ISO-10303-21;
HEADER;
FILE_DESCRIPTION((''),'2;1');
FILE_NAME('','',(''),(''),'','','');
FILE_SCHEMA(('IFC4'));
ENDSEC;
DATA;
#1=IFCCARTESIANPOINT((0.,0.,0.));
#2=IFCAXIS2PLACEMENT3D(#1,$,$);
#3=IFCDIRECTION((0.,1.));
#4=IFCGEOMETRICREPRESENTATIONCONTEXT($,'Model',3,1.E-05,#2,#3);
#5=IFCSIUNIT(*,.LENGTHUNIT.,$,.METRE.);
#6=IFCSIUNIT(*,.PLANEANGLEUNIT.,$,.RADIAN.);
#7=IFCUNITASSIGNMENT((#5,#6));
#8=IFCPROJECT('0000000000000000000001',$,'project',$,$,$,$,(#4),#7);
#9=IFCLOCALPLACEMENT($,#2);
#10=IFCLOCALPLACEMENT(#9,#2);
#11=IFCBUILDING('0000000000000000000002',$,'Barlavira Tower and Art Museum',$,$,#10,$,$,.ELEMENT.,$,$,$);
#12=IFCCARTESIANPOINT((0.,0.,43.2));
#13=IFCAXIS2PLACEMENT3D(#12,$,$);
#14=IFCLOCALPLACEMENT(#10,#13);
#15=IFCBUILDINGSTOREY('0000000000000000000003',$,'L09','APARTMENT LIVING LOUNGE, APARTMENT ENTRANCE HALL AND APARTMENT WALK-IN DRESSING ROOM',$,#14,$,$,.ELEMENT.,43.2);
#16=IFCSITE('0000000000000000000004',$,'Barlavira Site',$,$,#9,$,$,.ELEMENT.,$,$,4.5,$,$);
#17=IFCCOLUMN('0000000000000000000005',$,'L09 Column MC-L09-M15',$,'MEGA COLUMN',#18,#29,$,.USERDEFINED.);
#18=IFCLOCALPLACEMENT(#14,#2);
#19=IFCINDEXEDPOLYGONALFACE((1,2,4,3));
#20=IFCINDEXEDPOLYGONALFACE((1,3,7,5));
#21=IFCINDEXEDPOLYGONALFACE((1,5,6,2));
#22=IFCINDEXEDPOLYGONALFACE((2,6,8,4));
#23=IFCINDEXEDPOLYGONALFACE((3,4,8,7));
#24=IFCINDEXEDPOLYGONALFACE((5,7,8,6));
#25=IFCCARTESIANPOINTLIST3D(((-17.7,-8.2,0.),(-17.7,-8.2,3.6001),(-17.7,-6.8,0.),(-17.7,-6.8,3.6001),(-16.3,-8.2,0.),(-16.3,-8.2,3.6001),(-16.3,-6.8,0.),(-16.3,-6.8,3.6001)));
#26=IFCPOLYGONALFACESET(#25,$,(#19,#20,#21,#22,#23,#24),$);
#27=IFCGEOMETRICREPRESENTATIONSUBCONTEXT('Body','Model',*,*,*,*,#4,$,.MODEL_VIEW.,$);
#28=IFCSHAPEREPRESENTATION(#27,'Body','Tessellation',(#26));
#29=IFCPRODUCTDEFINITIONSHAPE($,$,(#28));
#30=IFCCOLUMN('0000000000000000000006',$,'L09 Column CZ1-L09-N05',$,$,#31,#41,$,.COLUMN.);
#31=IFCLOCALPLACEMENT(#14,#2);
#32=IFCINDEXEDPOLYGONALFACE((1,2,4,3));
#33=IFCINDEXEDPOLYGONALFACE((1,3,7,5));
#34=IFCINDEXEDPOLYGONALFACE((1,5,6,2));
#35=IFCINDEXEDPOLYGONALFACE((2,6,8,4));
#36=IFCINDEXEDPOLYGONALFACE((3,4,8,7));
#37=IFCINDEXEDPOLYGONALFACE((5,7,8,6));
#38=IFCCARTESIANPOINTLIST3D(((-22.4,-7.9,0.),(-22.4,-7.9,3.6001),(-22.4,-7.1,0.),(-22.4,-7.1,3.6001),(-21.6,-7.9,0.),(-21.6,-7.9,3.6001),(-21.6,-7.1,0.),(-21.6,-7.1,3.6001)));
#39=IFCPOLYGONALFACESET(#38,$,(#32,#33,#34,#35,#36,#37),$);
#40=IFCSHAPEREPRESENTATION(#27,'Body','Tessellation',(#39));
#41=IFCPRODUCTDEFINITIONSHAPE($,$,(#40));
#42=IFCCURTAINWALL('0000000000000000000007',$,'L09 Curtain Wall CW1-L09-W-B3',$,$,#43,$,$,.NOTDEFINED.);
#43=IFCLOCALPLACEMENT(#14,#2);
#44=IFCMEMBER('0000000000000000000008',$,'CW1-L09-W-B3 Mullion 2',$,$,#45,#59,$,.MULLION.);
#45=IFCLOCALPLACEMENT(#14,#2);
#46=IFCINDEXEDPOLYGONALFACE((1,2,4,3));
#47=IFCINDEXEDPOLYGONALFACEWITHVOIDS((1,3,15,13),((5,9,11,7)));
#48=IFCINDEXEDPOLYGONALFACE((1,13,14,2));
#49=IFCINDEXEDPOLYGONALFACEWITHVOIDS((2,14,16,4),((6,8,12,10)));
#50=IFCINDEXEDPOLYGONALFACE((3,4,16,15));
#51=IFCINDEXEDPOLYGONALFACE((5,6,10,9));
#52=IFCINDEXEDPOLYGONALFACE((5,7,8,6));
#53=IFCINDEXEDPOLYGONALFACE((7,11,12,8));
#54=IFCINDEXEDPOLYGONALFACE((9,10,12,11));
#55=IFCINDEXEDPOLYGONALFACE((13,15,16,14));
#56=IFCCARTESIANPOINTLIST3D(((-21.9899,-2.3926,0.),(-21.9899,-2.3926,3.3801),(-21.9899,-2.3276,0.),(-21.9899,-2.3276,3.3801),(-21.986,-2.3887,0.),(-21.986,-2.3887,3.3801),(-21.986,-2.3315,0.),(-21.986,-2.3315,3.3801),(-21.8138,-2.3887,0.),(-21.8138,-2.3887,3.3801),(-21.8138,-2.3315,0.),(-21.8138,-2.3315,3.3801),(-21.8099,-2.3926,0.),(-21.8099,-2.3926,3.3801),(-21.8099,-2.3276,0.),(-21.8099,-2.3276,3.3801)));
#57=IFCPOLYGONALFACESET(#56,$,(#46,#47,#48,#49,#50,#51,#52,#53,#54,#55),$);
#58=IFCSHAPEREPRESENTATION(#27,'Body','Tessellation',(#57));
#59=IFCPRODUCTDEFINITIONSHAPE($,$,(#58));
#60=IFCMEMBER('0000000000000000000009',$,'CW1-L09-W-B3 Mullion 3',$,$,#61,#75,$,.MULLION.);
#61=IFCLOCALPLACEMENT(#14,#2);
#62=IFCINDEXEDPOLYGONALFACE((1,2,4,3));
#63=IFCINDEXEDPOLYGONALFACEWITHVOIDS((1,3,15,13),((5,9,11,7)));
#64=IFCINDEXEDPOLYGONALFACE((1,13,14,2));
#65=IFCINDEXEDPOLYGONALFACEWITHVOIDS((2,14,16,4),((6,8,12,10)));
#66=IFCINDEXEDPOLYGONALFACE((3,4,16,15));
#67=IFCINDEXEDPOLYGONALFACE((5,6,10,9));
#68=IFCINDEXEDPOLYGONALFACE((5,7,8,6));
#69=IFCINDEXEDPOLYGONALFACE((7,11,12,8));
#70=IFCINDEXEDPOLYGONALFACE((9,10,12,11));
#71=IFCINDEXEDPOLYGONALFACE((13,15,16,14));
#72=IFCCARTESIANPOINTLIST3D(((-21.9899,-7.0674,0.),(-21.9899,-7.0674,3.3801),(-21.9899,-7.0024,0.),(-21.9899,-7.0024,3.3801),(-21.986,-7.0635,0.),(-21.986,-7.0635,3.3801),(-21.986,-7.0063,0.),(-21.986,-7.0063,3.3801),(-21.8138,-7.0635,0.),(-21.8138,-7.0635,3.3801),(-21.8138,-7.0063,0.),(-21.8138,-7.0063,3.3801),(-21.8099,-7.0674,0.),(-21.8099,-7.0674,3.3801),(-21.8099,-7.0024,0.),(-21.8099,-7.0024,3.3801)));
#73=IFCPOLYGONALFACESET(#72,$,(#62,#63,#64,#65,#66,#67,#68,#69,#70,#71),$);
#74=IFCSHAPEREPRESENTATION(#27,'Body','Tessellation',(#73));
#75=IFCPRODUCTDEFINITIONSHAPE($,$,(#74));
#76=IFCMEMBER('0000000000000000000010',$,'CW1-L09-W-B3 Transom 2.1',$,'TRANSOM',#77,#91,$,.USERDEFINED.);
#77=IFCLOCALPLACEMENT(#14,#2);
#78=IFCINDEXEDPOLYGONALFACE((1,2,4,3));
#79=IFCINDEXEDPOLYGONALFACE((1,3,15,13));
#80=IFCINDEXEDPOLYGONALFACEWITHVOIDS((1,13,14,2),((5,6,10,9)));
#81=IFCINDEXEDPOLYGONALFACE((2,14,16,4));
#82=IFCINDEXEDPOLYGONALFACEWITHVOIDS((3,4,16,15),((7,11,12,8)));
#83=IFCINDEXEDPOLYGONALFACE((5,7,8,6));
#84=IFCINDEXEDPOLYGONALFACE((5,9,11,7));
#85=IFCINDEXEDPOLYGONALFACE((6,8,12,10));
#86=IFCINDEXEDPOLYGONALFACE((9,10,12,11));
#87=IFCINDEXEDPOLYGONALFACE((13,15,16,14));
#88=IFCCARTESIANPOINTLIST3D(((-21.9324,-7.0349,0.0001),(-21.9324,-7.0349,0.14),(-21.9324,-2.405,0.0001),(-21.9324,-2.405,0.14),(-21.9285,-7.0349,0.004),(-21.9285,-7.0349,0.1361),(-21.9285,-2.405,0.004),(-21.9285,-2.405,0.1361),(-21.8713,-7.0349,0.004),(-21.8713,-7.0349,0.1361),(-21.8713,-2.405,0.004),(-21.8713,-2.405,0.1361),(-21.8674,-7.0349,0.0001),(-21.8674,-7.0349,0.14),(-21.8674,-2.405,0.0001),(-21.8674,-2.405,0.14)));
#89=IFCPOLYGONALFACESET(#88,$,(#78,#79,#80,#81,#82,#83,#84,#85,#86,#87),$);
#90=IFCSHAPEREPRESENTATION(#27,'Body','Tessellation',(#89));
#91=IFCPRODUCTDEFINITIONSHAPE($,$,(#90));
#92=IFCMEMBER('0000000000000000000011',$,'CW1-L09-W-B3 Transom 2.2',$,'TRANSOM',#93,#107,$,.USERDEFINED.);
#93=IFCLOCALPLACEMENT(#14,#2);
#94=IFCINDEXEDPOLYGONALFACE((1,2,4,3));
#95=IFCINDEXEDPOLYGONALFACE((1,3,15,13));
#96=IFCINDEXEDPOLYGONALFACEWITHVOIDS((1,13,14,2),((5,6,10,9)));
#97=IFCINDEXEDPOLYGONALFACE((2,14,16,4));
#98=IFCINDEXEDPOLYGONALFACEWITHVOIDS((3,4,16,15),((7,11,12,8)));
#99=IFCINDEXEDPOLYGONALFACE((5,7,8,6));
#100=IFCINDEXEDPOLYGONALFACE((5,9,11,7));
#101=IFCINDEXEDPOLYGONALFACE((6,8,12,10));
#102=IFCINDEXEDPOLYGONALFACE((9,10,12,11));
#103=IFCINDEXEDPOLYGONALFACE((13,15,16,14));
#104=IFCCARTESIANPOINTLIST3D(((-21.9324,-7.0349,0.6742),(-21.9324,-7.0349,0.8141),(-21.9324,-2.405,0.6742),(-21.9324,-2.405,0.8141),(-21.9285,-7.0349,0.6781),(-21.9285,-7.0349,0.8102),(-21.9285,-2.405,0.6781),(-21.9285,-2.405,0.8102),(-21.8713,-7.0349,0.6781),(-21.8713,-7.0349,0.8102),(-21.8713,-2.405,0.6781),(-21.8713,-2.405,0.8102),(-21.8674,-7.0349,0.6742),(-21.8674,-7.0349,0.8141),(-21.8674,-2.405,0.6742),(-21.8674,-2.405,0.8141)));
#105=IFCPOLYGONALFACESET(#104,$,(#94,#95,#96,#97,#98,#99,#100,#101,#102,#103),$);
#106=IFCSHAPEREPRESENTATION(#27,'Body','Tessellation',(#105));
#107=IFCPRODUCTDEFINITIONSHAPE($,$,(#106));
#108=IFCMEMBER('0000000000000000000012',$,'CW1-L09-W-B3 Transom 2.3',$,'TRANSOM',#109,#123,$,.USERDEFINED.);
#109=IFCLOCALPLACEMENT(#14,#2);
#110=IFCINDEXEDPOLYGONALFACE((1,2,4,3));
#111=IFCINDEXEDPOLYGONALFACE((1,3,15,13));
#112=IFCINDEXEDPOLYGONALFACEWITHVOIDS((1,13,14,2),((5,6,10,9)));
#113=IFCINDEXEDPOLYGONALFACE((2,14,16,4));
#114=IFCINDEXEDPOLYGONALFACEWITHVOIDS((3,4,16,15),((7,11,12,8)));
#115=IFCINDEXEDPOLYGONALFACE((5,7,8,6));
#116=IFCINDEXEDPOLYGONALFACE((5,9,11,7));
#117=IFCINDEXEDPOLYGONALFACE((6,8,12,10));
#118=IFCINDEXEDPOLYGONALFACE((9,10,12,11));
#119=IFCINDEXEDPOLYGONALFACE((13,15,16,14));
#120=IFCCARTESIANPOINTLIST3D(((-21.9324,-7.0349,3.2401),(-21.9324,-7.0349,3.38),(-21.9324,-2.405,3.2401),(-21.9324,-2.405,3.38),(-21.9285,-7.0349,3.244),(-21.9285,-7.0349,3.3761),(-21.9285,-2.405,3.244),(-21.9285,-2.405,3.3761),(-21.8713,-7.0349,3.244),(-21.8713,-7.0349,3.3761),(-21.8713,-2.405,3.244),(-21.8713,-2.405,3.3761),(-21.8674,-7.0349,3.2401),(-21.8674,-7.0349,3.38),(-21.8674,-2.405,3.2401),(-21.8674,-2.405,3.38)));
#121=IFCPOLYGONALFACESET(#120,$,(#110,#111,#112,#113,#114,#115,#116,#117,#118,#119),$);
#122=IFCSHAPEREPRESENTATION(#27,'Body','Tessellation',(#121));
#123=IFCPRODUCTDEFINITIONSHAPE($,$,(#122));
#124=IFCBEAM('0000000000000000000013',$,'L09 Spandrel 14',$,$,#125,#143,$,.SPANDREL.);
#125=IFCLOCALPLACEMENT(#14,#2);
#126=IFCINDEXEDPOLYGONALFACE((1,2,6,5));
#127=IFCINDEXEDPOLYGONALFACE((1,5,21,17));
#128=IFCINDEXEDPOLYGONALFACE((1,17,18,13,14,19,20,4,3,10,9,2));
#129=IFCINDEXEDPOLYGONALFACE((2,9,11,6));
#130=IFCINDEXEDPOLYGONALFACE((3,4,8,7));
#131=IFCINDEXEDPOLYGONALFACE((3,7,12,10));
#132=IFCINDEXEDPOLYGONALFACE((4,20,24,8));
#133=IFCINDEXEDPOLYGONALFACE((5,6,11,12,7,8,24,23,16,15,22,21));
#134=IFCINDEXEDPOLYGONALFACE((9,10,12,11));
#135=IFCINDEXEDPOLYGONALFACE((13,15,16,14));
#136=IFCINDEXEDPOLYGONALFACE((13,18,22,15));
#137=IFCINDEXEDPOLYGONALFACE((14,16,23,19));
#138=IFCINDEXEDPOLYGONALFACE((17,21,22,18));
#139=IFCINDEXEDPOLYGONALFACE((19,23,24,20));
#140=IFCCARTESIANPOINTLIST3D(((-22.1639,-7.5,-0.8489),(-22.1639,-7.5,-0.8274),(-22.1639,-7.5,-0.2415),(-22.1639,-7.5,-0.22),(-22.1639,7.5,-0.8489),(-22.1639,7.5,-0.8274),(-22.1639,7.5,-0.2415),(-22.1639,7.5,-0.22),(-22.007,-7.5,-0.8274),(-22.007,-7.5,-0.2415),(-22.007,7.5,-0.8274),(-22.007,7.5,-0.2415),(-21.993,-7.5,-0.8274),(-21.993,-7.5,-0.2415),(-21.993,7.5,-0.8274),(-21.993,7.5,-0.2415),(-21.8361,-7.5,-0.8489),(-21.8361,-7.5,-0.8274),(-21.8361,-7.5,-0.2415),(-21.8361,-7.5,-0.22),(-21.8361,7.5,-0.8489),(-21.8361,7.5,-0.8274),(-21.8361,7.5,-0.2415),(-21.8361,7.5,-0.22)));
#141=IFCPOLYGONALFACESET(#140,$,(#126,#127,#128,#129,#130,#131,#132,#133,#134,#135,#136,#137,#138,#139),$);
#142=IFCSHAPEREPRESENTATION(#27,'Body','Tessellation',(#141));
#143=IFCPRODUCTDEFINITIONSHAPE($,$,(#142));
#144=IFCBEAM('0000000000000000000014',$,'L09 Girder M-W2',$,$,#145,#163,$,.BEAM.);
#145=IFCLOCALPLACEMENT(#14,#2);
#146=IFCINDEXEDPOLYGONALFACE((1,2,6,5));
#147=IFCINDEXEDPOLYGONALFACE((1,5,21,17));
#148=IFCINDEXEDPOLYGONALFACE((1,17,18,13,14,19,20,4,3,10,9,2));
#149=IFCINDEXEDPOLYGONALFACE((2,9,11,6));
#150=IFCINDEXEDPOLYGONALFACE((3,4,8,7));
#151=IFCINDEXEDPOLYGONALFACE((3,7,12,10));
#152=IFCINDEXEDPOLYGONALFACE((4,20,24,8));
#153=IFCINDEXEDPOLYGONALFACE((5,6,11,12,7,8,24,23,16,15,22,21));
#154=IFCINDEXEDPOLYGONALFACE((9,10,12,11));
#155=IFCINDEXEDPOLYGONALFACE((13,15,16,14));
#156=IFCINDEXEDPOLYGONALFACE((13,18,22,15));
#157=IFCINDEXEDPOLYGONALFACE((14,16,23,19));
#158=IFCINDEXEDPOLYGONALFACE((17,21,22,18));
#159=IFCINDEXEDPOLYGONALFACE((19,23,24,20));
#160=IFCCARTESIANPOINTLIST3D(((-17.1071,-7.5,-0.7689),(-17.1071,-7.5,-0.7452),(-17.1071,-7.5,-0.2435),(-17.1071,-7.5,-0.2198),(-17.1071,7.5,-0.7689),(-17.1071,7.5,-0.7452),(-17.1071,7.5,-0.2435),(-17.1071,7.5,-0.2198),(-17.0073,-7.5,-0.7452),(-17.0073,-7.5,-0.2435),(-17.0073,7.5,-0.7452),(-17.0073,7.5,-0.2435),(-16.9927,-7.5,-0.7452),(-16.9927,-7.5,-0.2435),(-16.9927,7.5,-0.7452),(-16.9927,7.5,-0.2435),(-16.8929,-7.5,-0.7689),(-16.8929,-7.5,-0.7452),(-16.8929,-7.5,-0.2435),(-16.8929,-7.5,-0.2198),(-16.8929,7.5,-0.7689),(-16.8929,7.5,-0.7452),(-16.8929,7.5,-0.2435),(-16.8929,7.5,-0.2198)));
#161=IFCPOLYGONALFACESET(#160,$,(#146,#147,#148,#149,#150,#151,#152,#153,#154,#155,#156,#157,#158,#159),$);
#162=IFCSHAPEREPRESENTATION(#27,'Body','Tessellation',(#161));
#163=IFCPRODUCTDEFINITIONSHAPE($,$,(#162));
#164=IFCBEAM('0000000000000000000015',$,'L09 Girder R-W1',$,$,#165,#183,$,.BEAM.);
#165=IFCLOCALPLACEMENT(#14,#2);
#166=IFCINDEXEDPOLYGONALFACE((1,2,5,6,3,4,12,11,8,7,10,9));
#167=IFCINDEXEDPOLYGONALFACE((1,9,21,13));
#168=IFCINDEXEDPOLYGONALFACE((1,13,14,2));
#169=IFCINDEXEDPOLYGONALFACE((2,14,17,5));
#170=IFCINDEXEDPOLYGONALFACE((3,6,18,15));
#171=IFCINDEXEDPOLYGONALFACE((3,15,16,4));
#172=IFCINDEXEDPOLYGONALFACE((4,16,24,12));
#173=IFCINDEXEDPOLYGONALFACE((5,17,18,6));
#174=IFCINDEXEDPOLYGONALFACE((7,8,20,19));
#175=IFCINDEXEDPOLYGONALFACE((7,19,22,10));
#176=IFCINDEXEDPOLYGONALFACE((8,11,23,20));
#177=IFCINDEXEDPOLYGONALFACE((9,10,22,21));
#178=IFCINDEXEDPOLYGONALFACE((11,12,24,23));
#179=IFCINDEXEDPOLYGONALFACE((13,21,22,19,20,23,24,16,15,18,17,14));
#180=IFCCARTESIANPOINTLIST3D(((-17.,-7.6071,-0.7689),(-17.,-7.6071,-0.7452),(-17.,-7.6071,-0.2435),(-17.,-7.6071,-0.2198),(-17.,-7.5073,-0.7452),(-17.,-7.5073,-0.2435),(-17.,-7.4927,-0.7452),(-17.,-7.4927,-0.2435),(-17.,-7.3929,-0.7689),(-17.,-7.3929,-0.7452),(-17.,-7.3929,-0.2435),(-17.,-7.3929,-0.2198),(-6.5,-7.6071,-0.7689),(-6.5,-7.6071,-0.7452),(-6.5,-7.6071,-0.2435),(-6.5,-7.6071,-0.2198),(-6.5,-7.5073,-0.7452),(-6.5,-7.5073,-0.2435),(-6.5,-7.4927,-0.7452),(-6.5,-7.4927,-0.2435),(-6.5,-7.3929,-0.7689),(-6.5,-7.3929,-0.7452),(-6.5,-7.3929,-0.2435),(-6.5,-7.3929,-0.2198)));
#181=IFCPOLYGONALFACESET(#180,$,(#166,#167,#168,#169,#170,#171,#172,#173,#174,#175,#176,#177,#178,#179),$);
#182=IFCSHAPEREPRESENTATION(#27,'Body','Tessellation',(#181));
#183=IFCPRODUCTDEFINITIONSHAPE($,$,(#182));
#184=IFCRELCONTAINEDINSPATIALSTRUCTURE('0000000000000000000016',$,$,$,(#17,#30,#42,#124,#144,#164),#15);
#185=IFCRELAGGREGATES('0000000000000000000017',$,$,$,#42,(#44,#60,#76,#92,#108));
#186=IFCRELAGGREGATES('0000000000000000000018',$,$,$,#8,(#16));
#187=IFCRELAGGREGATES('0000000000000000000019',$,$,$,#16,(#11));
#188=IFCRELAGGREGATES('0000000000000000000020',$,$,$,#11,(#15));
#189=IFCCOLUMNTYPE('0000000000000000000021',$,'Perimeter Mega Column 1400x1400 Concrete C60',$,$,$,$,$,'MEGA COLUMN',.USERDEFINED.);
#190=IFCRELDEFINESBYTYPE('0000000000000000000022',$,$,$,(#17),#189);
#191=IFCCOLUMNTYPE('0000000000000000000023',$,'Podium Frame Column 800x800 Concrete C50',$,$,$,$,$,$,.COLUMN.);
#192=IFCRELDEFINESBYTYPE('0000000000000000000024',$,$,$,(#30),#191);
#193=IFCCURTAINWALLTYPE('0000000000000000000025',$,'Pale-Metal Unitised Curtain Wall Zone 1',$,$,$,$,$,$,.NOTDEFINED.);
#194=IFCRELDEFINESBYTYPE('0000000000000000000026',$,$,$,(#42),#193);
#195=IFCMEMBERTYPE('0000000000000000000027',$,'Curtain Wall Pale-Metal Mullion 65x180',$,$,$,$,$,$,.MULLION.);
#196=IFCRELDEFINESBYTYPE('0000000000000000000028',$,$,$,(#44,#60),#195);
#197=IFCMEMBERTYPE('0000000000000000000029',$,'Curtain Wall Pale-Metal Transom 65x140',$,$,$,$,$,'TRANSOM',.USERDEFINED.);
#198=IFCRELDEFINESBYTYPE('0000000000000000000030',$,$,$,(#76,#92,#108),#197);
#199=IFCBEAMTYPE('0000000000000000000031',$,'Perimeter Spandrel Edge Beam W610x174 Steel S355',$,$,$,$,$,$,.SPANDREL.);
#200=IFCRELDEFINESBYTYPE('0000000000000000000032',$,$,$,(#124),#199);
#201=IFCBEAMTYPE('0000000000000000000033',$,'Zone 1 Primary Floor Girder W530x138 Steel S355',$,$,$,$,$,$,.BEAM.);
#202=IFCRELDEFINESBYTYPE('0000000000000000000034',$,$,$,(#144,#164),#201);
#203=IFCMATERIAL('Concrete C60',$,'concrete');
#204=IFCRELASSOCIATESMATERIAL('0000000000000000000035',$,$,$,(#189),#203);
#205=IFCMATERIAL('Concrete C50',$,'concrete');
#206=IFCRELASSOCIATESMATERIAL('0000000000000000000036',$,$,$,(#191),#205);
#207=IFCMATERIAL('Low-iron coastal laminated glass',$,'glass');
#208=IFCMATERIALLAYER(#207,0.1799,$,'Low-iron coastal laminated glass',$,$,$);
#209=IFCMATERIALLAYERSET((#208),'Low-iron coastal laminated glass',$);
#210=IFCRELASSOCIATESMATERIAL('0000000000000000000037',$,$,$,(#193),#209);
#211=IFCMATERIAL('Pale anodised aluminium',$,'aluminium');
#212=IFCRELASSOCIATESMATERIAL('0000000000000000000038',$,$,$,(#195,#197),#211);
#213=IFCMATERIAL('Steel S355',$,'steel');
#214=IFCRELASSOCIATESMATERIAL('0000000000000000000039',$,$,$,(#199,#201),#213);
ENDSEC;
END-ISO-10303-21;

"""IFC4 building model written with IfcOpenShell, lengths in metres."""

from ifc_helpers import new_model, si_unit, direction, frame, origin, origin_2d, place, context, subcontext, project, spatial, rectangle, hollow_rectangle, i_section, extrude, material, layer, layer_set, material_profile, profile_set, type_object, element, aggregate, save


model = new_model("IFC4")

# Units and contexts
model_context = context("Model", 3, precision=1e-05, world=origin(), true_north=direction((0.0, 1.0)))
body_context = subcontext(model_context, "Body", "Model", "MODEL_VIEW")
ifc_project = project(units=[si_unit("LENGTHUNIT", "METRE"), si_unit("PLANEANGLEUNIT", "RADIAN")], contexts=[model_context])

# Site, building, storey
site_placement = place(None, origin())
site = spatial("IfcSite", under=ifc_project, at=site_placement, Name="Barlavira Site", CompositionType="ELEMENT", RefElevation=4.5)
building_placement = place(site_placement, origin())
building = spatial("IfcBuilding", under=site, at=building_placement, Name="Barlavira Tower and Art Museum", CompositionType="ELEMENT")
storey_placement = place(building_placement, frame((0.0, 0.0, 43.2)))
storey = spatial("IfcBuildingStorey", under=building, at=storey_placement, Name="L09", Description="APARTMENT LIVING LOUNGE, APARTMENT ENTRANCE HALL AND APARTMENT WALK-IN DRESSING ROOM", CompositionType="ELEMENT", Elevation=43.2)

# Columns
ifc_material_1 = material(Name="Concrete C60", Category="concrete")
ifc_material_profile_1 = material_profile(ifc_material_1, rectangle(XDim=1.3999, YDim=1.3999, at=origin_2d()), Name="RC-MCOL 1400x1400")
ifc_profile_set_1 = profile_set([ifc_material_profile_1], Name="Concrete C60")
column_type_1 = type_object("IfcColumnType", Name="Perimeter Mega Column 1400x1400 Concrete C60", ElementType="MEGA COLUMN", PredefinedType="USERDEFINED", material=ifc_profile_set_1)
column_1_placement = place(storey_placement, frame((-17.0, -7.5, 0.0), z_axis=(0.0, 0.0, 1.0), x_axis=(1.0, 0.0, 0.0)))
element("IfcColumn", 1, at=column_1_placement, inside=storey, type_object=column_type_1, Name="L09 Column MC-L09-M15", ObjectType="MEGA COLUMN", PredefinedType="USERDEFINED", context=body_context, shape_type="SweptSolid", body=[
    extrude(rectangle(XDim=1.3999, YDim=1.3999, at=origin_2d()), origin(), (0.0, 0.0, 1.0), 3.6001),
])
ifc_material_2 = material(Name="Concrete C50", Category="concrete")
ifc_material_profile_2 = material_profile(ifc_material_2, rectangle(XDim=0.8, YDim=0.8, at=origin_2d()), Name="RC-COL 800x800")
ifc_profile_set_2 = profile_set([ifc_material_profile_2], Name="Concrete C50")
column_type_2 = type_object("IfcColumnType", Name="Podium Frame Column 800x800 Concrete C50", PredefinedType="COLUMN", material=ifc_profile_set_2)
column_2_placement = place(storey_placement, frame((-22.0, -7.5, 0.0), z_axis=(0.0, 0.0, 1.0), x_axis=(1.0, 0.0, 0.0)))
element("IfcColumn", 2, at=column_2_placement, inside=storey, type_object=column_type_2, Name="L09 Column CZ1-L09-N05", PredefinedType="COLUMN", context=body_context, shape_type="SweptSolid", body=[
    extrude(rectangle(XDim=0.8, YDim=0.8, at=origin_2d()), origin(), (0.0, 0.0, 1.0), 3.6001),
])

# Curtain wall, members
ifc_material_3 = material(Name="Low-iron coastal laminated glass", Category="glass")
ifc_layer_1 = layer(ifc_material_3, 0.1799, Name="Low-iron coastal laminated glass")
ifc_layer_set_1 = layer_set([ifc_layer_1], Name="Low-iron coastal laminated glass")
curtain_wall_type = type_object("IfcCurtainWallType", Name="Pale-Metal Unitised Curtain Wall Zone 1", PredefinedType="NOTDEFINED", material=ifc_layer_set_1)
curtain_wall_placement = place(storey_placement, origin())
curtain_wall = element("IfcCurtainWall", 3, at=curtain_wall_placement, inside=storey, type_object=curtain_wall_type, Name="L09 Curtain Wall CW1-L09-W-B3", PredefinedType="NOTDEFINED")
ifc_material_4 = material(Name="Pale anodised aluminium", Category="aluminium")
ifc_material_profile_3 = material_profile(ifc_material_4, hollow_rectangle(XDim=0.0649, YDim=0.1799, WallThickness=0.0039, at=origin_2d()), Name="ALU-MULL 65x180x4")
ifc_profile_set_3 = profile_set([ifc_material_profile_3], Name="Pale anodised aluminium")
member_type_1 = type_object("IfcMemberType", Name="Curtain Wall Pale-Metal Mullion 65x180", PredefinedType="MULLION", material=ifc_profile_set_3)
member_1_placement = place(storey_placement, frame((-21.8999, -2.3601, 0.0), z_axis=(0.0, 0.0, 1.0), x_axis=(0.0, -1.0, 0.0)))
member_1 = element("IfcMember", 4, at=member_1_placement, type_object=member_type_1, Name="CW1-L09-W-B3 Mullion 2", PredefinedType="MULLION", context=body_context, shape_type="SweptSolid", body=[
    extrude(hollow_rectangle(XDim=0.0649, YDim=0.1799, WallThickness=0.0039, at=origin_2d()), origin(), (0.0, 0.0, 1.0), 3.3801),
])
member_2_placement = place(storey_placement, frame((-21.8999, -7.0349, 0.0), z_axis=(0.0, 0.0, 1.0), x_axis=(0.0, -1.0, 0.0)))
member_2 = element("IfcMember", 5, at=member_2_placement, type_object=member_type_1, Name="CW1-L09-W-B3 Mullion 3", PredefinedType="MULLION", context=body_context, shape_type="SweptSolid", body=[
    extrude(hollow_rectangle(XDim=0.0649, YDim=0.1799, WallThickness=0.0039, at=origin_2d()), origin(), (0.0, 0.0, 1.0), 3.3801),
])
ifc_material_profile_4 = material_profile(ifc_material_4, hollow_rectangle(XDim=0.0649, YDim=0.1399, WallThickness=0.0039, at=origin_2d()), Name="ALU-TRAN 65x140x4")
ifc_profile_set_4 = profile_set([ifc_material_profile_4], Name="Pale anodised aluminium")
member_type_2 = type_object("IfcMemberType", Name="Curtain Wall Pale-Metal Transom 65x140", ElementType="TRANSOM", PredefinedType="USERDEFINED", material=ifc_profile_set_4)
member_3_placement = place(storey_placement, frame((-21.8999, -2.405, 0.0701), z_axis=(0.0, -1.0, 0.0), x_axis=(1.0, 0.0, 0.0)))
member_3 = element("IfcMember", 6, at=member_3_placement, type_object=member_type_2, Name="CW1-L09-W-B3 Transom 2.1", ObjectType="TRANSOM", PredefinedType="USERDEFINED", context=body_context, shape_type="SweptSolid", body=[
    extrude(hollow_rectangle(XDim=0.0649, YDim=0.1399, WallThickness=0.0039, at=origin_2d()), origin(), (0.0, 0.0, 1.0), 4.6299),
])
member_4_placement = place(storey_placement, frame((-21.8999, -2.405, 0.7441), z_axis=(0.0, -1.0, 0.0), x_axis=(1.0, 0.0, 0.0)))
member_4 = element("IfcMember", 7, at=member_4_placement, type_object=member_type_2, Name="CW1-L09-W-B3 Transom 2.2", ObjectType="TRANSOM", PredefinedType="USERDEFINED", context=body_context, shape_type="SweptSolid", body=[
    extrude(hollow_rectangle(XDim=0.0649, YDim=0.1399, WallThickness=0.0039, at=origin_2d()), origin(), (0.0, 0.0, 1.0), 4.6299),
])
member_5_placement = place(storey_placement, frame((-21.8999, -2.405, 3.3101), z_axis=(0.0, -1.0, 0.0), x_axis=(1.0, 0.0, 0.0)))
member_5 = element("IfcMember", 8, at=member_5_placement, type_object=member_type_2, Name="CW1-L09-W-B3 Transom 2.3", ObjectType="TRANSOM", PredefinedType="USERDEFINED", context=body_context, shape_type="SweptSolid", body=[
    extrude(hollow_rectangle(XDim=0.0649, YDim=0.1399, WallThickness=0.0039, at=origin_2d()), origin(), (0.0, 0.0, 1.0), 4.6299),
])

# Beams
ifc_material_5 = material(Name="Steel S355", Category="steel")
ifc_material_profile_5 = material_profile(ifc_material_5, i_section(OverallWidth=0.3279, OverallDepth=0.6289, WebThickness=0.0139, FlangeThickness=0.0215, at=origin_2d()), Name="W610x174.0")
ifc_profile_set_5 = profile_set([ifc_material_profile_5], Name="Steel S355")
beam_type_1 = type_object("IfcBeamType", Name="Perimeter Spandrel Edge Beam W610x174 Steel S355", PredefinedType="SPANDREL", material=ifc_profile_set_5)
beam_1_placement = place(storey_placement, frame((-22.0, -7.5, -0.5344), z_axis=(0.0, 1.0, 0.0), x_axis=(-1.0, 0.0, 0.0)))
element("IfcBeam", 9, at=beam_1_placement, inside=storey, type_object=beam_type_1, Name="L09 Spandrel 14", PredefinedType="SPANDREL", context=body_context, shape_type="SweptSolid", body=[
    extrude(i_section(OverallWidth=0.3279, OverallDepth=0.6289, WebThickness=0.0139, FlangeThickness=0.0215, at=origin_2d()), origin(), (0.0, 0.0, 1.0), 15.0),
])
ifc_material_profile_6 = material_profile(ifc_material_5, i_section(OverallWidth=0.2141, OverallDepth=0.5491, WebThickness=0.0146, FlangeThickness=0.0237, at=origin_2d()), Name="W530x138.0")
ifc_profile_set_6 = profile_set([ifc_material_profile_6], Name="Steel S355")
beam_type_2 = type_object("IfcBeamType", Name="Zone 1 Primary Floor Girder W530x138 Steel S355", PredefinedType="BEAM", material=ifc_profile_set_6)
beam_2_placement = place(storey_placement, frame((-17.0, -7.5, -0.4944), z_axis=(0.0, 1.0, 0.0), x_axis=(-1.0, 0.0, 0.0)))
element("IfcBeam", 10, at=beam_2_placement, inside=storey, type_object=beam_type_2, Name="L09 Girder M-W2", PredefinedType="BEAM", context=body_context, shape_type="SweptSolid", body=[
    extrude(i_section(OverallWidth=0.2141, OverallDepth=0.5491, WebThickness=0.0146, FlangeThickness=0.0237, at=origin_2d()), origin(), (0.0, 0.0, 1.0), 15.0),
])
beam_3_placement = place(storey_placement, frame((-17.0, -7.5, -0.4944), z_axis=(1.0, 0.0, 0.0), x_axis=(0.0, 1.0, 0.0)))
element("IfcBeam", 11, at=beam_3_placement, inside=storey, type_object=beam_type_2, Name="L09 Girder R-W1", PredefinedType="BEAM", context=body_context, shape_type="SweptSolid", body=[
    extrude(i_section(OverallWidth=0.2141, OverallDepth=0.5491, WebThickness=0.0146, FlangeThickness=0.0237, at=origin_2d()), origin(), (0.0, 0.0, 1.0), 10.5),
])

aggregate(curtain_wall, [member_1, member_2, member_3, member_4, member_5])

save(model, "model.ifc")
